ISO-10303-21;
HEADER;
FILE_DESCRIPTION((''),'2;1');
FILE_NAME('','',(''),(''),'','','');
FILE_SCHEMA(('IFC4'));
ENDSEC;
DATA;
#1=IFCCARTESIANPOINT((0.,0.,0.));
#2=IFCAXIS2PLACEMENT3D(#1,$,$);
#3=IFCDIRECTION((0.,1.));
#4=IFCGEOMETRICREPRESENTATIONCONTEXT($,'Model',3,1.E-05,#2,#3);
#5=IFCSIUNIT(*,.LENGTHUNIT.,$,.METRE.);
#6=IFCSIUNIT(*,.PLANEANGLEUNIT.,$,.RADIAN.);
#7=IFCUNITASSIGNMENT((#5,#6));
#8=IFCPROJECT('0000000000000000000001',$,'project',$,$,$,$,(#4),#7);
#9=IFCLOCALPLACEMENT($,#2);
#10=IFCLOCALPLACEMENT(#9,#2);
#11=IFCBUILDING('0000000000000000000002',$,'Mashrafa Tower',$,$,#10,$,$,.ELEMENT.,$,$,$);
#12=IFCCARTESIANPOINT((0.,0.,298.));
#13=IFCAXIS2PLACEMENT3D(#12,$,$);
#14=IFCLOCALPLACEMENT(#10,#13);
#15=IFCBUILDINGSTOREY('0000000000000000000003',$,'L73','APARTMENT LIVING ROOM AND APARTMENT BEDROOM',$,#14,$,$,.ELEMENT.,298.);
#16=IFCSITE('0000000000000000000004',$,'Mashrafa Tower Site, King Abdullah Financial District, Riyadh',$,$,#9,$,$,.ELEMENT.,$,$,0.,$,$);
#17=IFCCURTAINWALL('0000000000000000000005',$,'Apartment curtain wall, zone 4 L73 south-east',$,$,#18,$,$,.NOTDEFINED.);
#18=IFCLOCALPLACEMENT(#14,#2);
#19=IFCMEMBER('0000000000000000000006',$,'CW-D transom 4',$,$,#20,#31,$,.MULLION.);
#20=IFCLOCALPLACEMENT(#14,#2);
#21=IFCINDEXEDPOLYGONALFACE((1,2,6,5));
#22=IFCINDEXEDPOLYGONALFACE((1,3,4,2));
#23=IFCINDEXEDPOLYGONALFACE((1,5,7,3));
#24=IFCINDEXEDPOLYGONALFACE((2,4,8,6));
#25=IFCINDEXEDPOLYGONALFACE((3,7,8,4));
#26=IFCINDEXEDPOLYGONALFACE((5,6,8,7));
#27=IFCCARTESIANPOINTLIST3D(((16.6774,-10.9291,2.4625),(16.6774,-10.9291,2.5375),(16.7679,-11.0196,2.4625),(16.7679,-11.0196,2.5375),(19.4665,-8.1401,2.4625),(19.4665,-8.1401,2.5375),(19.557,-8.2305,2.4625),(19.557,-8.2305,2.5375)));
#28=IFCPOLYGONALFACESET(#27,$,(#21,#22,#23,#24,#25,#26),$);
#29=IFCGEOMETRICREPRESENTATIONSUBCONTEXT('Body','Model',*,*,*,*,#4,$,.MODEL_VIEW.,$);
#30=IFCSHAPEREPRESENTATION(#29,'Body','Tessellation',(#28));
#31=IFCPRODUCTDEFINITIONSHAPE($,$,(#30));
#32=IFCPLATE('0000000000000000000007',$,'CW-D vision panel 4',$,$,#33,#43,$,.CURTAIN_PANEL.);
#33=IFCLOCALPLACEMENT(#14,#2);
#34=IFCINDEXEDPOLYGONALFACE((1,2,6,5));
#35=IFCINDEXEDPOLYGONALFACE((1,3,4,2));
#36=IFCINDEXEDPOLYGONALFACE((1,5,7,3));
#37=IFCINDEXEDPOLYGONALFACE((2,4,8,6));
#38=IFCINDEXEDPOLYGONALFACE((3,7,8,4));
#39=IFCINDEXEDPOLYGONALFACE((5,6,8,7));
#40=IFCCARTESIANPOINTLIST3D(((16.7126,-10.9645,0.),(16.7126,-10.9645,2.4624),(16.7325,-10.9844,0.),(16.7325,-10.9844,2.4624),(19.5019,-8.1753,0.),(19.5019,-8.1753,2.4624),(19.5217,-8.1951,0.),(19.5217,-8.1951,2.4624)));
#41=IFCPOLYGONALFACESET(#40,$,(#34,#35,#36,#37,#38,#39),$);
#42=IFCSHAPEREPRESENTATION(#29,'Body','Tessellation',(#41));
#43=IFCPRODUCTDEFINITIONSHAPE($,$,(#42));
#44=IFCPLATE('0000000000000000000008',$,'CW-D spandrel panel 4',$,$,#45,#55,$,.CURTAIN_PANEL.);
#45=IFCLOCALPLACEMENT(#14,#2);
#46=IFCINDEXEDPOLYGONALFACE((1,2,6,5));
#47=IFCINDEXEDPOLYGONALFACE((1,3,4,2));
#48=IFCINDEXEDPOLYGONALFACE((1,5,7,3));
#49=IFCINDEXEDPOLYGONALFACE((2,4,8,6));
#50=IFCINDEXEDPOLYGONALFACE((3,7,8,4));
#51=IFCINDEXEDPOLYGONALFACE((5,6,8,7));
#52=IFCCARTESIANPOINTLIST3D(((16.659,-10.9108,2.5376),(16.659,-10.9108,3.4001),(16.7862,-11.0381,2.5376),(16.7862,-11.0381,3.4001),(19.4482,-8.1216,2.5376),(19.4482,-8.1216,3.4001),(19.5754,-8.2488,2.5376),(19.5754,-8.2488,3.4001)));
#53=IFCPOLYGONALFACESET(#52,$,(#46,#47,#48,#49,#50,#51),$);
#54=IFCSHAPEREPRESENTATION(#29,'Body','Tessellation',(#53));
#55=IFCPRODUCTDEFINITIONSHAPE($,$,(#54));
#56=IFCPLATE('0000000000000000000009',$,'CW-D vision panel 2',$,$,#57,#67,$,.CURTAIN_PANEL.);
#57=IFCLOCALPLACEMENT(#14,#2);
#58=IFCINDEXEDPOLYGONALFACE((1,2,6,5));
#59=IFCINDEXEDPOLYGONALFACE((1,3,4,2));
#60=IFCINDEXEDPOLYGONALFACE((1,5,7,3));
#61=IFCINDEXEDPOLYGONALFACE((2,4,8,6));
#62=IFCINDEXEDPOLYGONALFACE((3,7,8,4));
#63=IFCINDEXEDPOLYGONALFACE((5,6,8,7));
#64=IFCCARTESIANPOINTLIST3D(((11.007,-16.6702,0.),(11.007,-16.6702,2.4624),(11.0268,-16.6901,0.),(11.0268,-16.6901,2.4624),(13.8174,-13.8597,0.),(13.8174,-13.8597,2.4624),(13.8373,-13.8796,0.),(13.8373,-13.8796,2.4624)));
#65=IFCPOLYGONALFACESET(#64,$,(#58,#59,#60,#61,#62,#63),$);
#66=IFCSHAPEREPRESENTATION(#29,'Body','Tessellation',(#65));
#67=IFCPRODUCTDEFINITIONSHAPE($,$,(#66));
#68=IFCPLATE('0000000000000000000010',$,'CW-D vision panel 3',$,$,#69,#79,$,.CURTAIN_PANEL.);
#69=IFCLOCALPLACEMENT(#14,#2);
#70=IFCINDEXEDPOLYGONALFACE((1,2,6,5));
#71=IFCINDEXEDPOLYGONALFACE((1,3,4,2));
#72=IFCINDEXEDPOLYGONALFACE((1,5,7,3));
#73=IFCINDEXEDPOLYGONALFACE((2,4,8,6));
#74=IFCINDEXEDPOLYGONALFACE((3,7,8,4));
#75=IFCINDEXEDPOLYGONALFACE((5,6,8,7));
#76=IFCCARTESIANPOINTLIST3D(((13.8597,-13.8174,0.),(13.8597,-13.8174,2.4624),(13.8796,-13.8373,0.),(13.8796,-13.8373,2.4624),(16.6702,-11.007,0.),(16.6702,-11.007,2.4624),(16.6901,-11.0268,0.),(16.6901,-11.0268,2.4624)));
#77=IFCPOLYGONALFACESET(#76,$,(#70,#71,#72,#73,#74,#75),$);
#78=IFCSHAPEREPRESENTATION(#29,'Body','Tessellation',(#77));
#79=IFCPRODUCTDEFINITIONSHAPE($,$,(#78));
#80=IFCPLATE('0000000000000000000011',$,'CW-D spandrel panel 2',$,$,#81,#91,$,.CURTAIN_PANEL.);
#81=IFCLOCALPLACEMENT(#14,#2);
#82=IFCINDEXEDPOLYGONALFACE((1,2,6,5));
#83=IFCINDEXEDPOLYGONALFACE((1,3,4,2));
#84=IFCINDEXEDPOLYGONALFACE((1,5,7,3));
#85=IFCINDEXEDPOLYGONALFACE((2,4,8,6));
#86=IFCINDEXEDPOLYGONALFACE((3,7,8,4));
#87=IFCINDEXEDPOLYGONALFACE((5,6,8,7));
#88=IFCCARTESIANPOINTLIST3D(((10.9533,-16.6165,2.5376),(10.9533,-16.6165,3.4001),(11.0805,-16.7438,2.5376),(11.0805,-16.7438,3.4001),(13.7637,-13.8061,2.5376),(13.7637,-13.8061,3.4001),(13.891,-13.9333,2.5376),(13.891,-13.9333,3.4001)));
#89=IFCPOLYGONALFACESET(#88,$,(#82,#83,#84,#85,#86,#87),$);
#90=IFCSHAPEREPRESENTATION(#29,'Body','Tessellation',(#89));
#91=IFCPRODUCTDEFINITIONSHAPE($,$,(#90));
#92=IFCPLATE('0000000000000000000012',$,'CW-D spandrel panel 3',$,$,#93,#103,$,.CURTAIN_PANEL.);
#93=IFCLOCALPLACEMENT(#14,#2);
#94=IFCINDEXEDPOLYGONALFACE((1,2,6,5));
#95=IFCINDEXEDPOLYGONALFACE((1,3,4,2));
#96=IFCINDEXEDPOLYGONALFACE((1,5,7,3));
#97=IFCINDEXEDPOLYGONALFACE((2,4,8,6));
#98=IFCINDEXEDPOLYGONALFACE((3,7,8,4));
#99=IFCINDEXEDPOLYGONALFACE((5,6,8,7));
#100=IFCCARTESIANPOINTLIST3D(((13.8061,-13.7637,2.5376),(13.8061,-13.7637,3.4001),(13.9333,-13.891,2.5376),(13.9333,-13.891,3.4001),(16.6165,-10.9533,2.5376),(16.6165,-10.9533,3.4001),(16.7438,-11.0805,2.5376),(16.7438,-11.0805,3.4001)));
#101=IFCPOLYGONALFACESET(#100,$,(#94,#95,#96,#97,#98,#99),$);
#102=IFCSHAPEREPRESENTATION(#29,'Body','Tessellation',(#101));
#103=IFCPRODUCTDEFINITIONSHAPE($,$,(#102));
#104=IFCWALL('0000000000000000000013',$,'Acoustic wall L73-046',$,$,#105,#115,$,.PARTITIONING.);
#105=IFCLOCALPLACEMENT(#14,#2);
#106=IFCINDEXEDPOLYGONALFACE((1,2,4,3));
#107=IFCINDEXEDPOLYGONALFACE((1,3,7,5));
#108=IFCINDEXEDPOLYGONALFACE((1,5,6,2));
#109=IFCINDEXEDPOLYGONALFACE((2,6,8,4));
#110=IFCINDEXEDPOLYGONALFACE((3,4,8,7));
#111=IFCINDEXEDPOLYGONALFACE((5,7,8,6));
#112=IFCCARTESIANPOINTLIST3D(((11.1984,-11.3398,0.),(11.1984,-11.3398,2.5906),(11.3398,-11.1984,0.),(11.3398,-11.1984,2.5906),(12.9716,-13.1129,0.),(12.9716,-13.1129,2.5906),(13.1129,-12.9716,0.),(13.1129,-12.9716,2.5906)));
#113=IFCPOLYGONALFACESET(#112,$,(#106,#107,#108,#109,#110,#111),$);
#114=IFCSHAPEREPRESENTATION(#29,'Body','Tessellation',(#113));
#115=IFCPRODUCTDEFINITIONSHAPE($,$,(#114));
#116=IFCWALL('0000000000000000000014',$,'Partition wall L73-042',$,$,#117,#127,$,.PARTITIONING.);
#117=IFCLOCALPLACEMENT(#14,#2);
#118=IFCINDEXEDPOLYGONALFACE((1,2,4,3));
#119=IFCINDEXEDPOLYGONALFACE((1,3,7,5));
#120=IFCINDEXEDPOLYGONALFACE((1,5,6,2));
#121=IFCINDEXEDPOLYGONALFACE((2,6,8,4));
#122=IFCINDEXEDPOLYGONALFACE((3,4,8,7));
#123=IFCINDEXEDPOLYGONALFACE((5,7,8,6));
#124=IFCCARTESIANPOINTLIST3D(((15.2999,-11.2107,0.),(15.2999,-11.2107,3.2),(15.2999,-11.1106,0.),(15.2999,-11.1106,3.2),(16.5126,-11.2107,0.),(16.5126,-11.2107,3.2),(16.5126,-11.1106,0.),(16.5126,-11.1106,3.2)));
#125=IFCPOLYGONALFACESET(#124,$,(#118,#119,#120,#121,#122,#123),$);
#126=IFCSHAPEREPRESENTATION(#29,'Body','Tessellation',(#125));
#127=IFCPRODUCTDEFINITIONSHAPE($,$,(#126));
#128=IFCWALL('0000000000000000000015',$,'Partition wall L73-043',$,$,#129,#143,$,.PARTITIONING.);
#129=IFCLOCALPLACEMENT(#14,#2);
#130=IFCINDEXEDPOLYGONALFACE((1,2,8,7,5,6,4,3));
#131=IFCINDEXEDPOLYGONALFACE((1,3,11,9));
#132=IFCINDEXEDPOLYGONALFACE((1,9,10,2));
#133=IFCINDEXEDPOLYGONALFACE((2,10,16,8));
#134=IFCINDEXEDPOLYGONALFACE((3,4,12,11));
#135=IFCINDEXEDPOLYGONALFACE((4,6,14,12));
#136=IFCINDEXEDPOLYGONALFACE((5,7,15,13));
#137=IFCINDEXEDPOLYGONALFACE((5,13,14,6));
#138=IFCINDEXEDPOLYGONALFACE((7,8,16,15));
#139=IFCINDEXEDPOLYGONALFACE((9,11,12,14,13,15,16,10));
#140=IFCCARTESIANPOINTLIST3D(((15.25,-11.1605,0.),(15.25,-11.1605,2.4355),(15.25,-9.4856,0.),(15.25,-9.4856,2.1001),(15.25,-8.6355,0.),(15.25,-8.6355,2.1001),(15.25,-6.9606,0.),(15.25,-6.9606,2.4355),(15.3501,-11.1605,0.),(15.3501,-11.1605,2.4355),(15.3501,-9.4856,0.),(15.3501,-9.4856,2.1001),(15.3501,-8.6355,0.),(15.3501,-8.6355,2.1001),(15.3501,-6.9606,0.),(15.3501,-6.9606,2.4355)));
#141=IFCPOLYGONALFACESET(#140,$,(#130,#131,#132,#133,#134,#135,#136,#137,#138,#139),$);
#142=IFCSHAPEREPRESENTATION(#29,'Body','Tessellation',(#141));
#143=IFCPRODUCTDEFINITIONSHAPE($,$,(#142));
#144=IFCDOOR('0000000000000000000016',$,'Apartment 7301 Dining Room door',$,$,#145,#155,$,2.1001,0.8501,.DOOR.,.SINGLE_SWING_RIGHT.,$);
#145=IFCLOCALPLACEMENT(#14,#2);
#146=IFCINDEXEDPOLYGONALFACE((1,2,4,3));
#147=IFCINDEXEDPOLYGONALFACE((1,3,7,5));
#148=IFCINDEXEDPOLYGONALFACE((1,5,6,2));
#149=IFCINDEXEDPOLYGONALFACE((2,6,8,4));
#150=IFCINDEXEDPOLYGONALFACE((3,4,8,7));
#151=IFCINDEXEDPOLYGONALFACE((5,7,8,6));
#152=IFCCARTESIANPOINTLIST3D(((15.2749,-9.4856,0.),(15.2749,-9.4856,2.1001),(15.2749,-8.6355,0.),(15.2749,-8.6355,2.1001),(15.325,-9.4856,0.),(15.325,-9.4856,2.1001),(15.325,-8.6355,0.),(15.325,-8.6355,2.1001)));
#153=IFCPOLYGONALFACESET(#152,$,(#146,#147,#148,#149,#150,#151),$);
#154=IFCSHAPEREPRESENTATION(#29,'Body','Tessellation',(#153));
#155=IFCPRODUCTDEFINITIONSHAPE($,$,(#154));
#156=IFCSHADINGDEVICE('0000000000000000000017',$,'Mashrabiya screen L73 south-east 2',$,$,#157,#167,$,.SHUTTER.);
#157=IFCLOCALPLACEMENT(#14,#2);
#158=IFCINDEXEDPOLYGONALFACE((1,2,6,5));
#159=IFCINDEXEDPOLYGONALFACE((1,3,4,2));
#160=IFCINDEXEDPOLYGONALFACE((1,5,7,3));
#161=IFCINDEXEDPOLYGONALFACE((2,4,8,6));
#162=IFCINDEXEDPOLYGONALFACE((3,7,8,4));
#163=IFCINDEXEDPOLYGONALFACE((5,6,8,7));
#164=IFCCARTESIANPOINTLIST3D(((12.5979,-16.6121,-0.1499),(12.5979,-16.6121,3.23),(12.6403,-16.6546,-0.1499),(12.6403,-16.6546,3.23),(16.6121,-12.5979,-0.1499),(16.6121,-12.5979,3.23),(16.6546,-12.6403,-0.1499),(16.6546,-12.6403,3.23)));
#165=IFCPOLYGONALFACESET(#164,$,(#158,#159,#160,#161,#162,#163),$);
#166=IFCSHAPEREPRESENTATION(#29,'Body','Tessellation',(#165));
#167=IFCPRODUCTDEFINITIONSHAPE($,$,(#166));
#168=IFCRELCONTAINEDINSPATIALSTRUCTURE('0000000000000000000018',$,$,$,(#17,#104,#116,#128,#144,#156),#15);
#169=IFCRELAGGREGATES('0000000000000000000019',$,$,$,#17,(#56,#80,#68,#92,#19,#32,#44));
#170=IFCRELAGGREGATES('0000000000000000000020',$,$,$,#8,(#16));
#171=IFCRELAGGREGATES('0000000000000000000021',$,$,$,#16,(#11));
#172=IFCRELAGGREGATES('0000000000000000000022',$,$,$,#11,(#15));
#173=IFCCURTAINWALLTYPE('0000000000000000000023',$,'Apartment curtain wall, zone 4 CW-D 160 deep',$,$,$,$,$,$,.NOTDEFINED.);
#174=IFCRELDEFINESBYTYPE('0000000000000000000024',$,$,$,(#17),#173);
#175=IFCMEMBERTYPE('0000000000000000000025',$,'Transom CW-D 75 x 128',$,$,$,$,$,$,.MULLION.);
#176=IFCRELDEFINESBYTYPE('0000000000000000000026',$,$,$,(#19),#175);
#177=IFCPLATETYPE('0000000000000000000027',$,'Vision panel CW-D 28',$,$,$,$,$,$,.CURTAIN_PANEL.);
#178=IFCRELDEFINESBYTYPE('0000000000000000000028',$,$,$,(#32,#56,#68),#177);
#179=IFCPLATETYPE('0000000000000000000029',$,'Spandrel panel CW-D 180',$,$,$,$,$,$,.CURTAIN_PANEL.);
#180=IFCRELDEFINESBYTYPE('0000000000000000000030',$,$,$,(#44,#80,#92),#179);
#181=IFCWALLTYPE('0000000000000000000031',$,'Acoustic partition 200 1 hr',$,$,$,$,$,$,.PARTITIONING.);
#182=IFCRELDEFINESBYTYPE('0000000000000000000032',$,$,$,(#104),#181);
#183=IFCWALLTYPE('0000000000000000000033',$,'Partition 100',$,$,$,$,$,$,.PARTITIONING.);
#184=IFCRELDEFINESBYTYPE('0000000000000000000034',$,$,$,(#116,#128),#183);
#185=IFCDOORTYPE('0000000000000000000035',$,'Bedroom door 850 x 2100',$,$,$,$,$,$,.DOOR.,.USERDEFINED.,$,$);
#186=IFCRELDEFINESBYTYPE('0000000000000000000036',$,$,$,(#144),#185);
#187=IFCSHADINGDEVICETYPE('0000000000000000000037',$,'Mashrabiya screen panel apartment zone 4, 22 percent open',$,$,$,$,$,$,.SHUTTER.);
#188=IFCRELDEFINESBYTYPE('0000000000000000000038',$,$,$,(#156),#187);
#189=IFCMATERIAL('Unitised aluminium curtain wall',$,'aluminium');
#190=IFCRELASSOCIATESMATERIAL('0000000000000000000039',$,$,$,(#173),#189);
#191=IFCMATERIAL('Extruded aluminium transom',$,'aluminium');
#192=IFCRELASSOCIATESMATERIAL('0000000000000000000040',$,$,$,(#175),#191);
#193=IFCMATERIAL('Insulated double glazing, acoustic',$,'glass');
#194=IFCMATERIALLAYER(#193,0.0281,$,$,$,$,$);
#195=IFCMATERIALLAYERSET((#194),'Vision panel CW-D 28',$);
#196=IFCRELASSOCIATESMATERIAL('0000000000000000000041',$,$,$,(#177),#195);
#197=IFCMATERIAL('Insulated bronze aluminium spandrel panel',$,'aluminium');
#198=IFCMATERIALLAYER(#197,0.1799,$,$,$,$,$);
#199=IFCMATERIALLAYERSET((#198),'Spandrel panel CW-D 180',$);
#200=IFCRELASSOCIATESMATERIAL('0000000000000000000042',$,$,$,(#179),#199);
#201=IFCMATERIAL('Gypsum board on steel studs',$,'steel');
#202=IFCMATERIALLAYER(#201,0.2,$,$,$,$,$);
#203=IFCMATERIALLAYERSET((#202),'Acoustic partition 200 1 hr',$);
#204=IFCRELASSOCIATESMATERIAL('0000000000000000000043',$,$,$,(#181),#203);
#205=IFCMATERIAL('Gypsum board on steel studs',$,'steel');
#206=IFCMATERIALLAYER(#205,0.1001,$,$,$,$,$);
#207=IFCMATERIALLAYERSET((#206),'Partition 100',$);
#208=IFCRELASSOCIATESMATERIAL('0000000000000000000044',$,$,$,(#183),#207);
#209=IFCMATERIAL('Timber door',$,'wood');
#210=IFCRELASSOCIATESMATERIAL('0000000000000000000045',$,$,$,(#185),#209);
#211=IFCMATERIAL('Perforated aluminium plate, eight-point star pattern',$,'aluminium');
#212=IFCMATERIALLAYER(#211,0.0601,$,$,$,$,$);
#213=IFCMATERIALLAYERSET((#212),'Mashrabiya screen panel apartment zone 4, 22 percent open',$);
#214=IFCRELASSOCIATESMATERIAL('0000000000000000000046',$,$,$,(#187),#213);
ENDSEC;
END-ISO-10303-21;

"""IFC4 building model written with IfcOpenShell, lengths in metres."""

from ifc_helpers import new_model, si_unit, direction, frame, frame_2d, origin, origin_2d, place, context, subcontext, project, spatial, rectangle, extrude, source, transform, mapped, material, layer, layer_set, material_profile, profile_set, type_object, type_shapes, element, fill, aggregate, save


model = new_model("IFC4")

# Units and contexts
model_context = context("Model", 3, precision=1e-05, world=origin(), true_north=direction((0.0, 1.0)))
body_context = subcontext(model_context, "Body", "Model", "MODEL_VIEW")
ifc_project = project(units=[si_unit("LENGTHUNIT", "METRE"), si_unit("PLANEANGLEUNIT", "RADIAN")], contexts=[model_context])

# Site, building, storey
site_placement = place(None, origin())
site = spatial("IfcSite", under=ifc_project, at=site_placement, Name="Mashrafa Tower Site, King Abdullah Financial District, Riyadh", CompositionType="ELEMENT", RefElevation=0.0)
building_placement = place(site_placement, origin())
building = spatial("IfcBuilding", under=site, at=building_placement, Name="Mashrafa Tower", CompositionType="ELEMENT")
storey_placement = place(building_placement, frame((0.0, 0.0, 298.0)))
storey = spatial("IfcBuildingStorey", under=building, at=storey_placement, Name="L73", Description="APARTMENT LIVING ROOM AND APARTMENT BEDROOM", CompositionType="ELEMENT", Elevation=298.0)

# Shared definitions
ifc_material_1 = material(Name="Unitised aluminium curtain wall", Category="aluminium")
curtain_wall_type = type_object("IfcCurtainWallType", Name="Apartment curtain wall, zone 4 CW-D 160 deep", PredefinedType="NOTDEFINED", material=ifc_material_1)

# Curtain wall, member, plates
curtain_wall_1_placement = place(storey_placement, origin())
curtain_wall_1 = element("IfcCurtainWall", 1, at=curtain_wall_1_placement, inside=storey, type_object=curtain_wall_type, Name="Apartment curtain wall, zone 4 L73 south-east", PredefinedType="NOTDEFINED")
ifc_material_2 = material(Name="Extruded aluminium transom", Category="aluminium")
ifc_material_profile_1 = material_profile(ifc_material_2, rectangle(XDim=0.1279, YDim=0.075, at=origin_2d()), Name="Transom 75x128")
ifc_profile_set_1 = profile_set([ifc_material_profile_1], Name="Extruded aluminium transom")
member_type_1 = type_object("IfcMemberType", Name="Transom CW-D 75 x 128", PredefinedType="MULLION", material=ifc_profile_set_1)
shared_shape_1 = source(origin(), body_context, "Body", "SweptSolid", [
    extrude(rectangle(XDim=0.1279, YDim=0.075, at=origin_2d()), origin(), (0.0, 0.0, 1.0), 3.9443),
])
member_1_placement = place(storey_placement, frame((16.7227, -10.9744, 2.5), z_axis=(0.707107, 0.707107, 0.0), x_axis=(-0.707107, 0.707107, 0.0)))
member_1 = element("IfcMember", 2, at=member_1_placement, type_object=member_type_1, Name="CW-D transom 4", PredefinedType="MULLION", context=body_context, shape_type="MappedRepresentation", body=[
    mapped(shared_shape_1, transform((0.0, 0.0, 0.0))),
])
ifc_material_3 = material(Name="Insulated double glazing, acoustic", Category="glass")
ifc_layer_1 = layer(ifc_material_3, 0.0281)
ifc_layer_set_1 = layer_set([ifc_layer_1], Name="Vision panel CW-D 28")
plate_type_1 = type_object("IfcPlateType", Name="Vision panel CW-D 28", PredefinedType="CURTAIN_PANEL", material=ifc_layer_set_1)
shared_shape_2 = source(origin(), body_context, "Body", "SweptSolid", [
    extrude(rectangle(XDim=3.9446, YDim=0.0281, at=origin_2d()), origin(), (0.0, 0.0, 1.0), 2.4624),
])
plate_1_placement = place(storey_placement, frame((18.1172, -9.5798, 0.0), z_axis=(0.0, 0.0, 1.0), x_axis=(0.707107, 0.707107, 0.0)))
plate_1 = element("IfcPlate", 3, at=plate_1_placement, type_object=plate_type_1, Name="CW-D vision panel 4", PredefinedType="CURTAIN_PANEL", context=body_context, shape_type="MappedRepresentation", body=[
    mapped(shared_shape_2, transform((0.0, 0.0, 0.0))),
])
ifc_material_4 = material(Name="Insulated bronze aluminium spandrel panel", Category="aluminium")
ifc_layer_2 = layer(ifc_material_4, 0.1799)
ifc_layer_set_2 = layer_set([ifc_layer_2], Name="Spandrel panel CW-D 180")
plate_type_2 = type_object("IfcPlateType", Name="Spandrel panel CW-D 180", PredefinedType="CURTAIN_PANEL", material=ifc_layer_set_2)
shared_shape_3 = source(origin(), body_context, "Body", "SweptSolid", [
    extrude(rectangle(XDim=3.9446, YDim=0.1799, at=origin_2d()), origin(), (0.0, 0.0, 1.0), 0.8625),
])
plate_2_placement = place(storey_placement, frame((18.1172, -9.5798, 2.5376), z_axis=(0.0, 0.0, 1.0), x_axis=(0.707107, 0.707107, 0.0)))
plate_2 = element("IfcPlate", 4, at=plate_2_placement, type_object=plate_type_2, Name="CW-D spandrel panel 4", PredefinedType="CURTAIN_PANEL", context=body_context, shape_type="MappedRepresentation", body=[
    mapped(shared_shape_3, transform((0.0, 0.0, 0.0))),
])
shared_shape_4 = source(origin(), body_context, "Body", "SweptSolid", [
    extrude(rectangle(XDim=3.9746, YDim=0.0281, at=origin_2d()), origin(), (0.0, 0.0, 1.0), 2.4624),
])
type_shapes(plate_type_1, [shared_shape_2, shared_shape_4])
plate_3_placement = place(storey_placement, frame((12.4221, -15.2749, 0.0), z_axis=(0.0, 0.0, 1.0), x_axis=(0.707107, 0.707107, 0.0)))
plate_3 = element("IfcPlate", 5, at=plate_3_placement, type_object=plate_type_1, Name="CW-D vision panel 2", PredefinedType="CURTAIN_PANEL", context=body_context, shape_type="MappedRepresentation", body=[
    mapped(shared_shape_4, transform((0.0, 0.0, 0.0))),
])
plate_4_placement = place(storey_placement, frame((15.2749, -12.4221, 0.0), z_axis=(0.0, 0.0, 1.0), x_axis=(0.707107, 0.707107, 0.0)))
plate_4 = element("IfcPlate", 6, at=plate_4_placement, type_object=plate_type_1, Name="CW-D vision panel 3", PredefinedType="CURTAIN_PANEL", context=body_context, shape_type="MappedRepresentation", body=[
    mapped(shared_shape_4, transform((0.0, 0.0, 0.0))),
])
shared_shape_5 = source(origin(), body_context, "Body", "SweptSolid", [
    extrude(rectangle(XDim=3.9746, YDim=0.1799, at=origin_2d()), origin(), (0.0, 0.0, 1.0), 0.8625),
])
type_shapes(plate_type_2, [shared_shape_3, shared_shape_5])
plate_5_placement = place(storey_placement, frame((12.4221, -15.2749, 2.5376), z_axis=(0.0, 0.0, 1.0), x_axis=(0.707107, 0.707107, 0.0)))
plate_5 = element("IfcPlate", 7, at=plate_5_placement, type_object=plate_type_2, Name="CW-D spandrel panel 2", PredefinedType="CURTAIN_PANEL", context=body_context, shape_type="MappedRepresentation", body=[
    mapped(shared_shape_5, transform((0.0, 0.0, 0.0))),
])
plate_6_placement = place(storey_placement, frame((15.2749, -12.4221, 2.5376), z_axis=(0.0, 0.0, 1.0), x_axis=(0.707107, 0.707107, 0.0)))
plate_6 = element("IfcPlate", 8, at=plate_6_placement, type_object=plate_type_2, Name="CW-D spandrel panel 3", PredefinedType="CURTAIN_PANEL", context=body_context, shape_type="MappedRepresentation", body=[
    mapped(shared_shape_5, transform((0.0, 0.0, 0.0))),
])
aggregate(curtain_wall_1, [plate_3, plate_5, plate_4, plate_6, member_1, plate_1, plate_2])

# Walls
ifc_material_5 = material(Name="Gypsum board on steel studs", Category="steel")
ifc_layer_3 = layer(ifc_material_5, 0.2)
ifc_layer_set_3 = layer_set([ifc_layer_3], Name="Acoustic partition 200 1 hr")
wall_type_1 = type_object("IfcWallType", Name="Acoustic partition 200 1 hr", PredefinedType="PARTITIONING", material=ifc_layer_set_3)
wall_1_placement = place(storey_placement, frame((11.269, -11.269, 0.0), z_axis=(0.0, 0.0, 1.0), x_axis=(0.707107, -0.707107, 0.0)))
element("IfcWall", 9, at=wall_1_placement, inside=storey, type_object=wall_type_1, Name="Acoustic wall L73-046", PredefinedType="PARTITIONING", context=body_context, shape_type="SweptSolid", body=[
    extrude(rectangle(XDim=2.5076, YDim=0.2, at=frame_2d((1.2539, 0.0))), origin(), (0.0, 0.0, 1.0), 2.5906),
])
ifc_material_6 = material(Name="Gypsum board on steel studs", Category="steel")
ifc_layer_4 = layer(ifc_material_6, 0.1001)
ifc_layer_set_4 = layer_set([ifc_layer_4], Name="Partition 100")
wall_type_2 = type_object("IfcWallType", Name="Partition 100", PredefinedType="PARTITIONING", material=ifc_layer_set_4)
wall_2_placement = place(storey_placement, frame((16.5127, -11.1606, 0.0), z_axis=(0.0, 0.0, 1.0), x_axis=(-1.0, 0.0, 0.0)))
element("IfcWall", 10, at=wall_2_placement, inside=storey, type_object=wall_type_2, Name="Partition wall L73-042", PredefinedType="PARTITIONING", context=body_context, shape_type="SweptSolid", body=[
    extrude(rectangle(XDim=1.2126, YDim=0.1001, at=frame_2d((0.6064, 0.0))), origin(), (0.0, 0.0, 1.0), 3.2),
])

# Wall, opening, door
wall_3_placement = place(storey_placement, frame((15.3, -11.1606, 0.0), z_axis=(0.0, 0.0, 1.0), x_axis=(0.0, 1.0, 0.0)))
wall_3 = element("IfcWall", 11, at=wall_3_placement, inside=storey, type_object=wall_type_2, Name="Partition wall L73-043", PredefinedType="PARTITIONING", context=body_context, shape_type="SweptSolid", body=[
    extrude(rectangle(XDim=4.2, YDim=0.1001, at=frame_2d((2.1001, 0.0))), origin(), (0.0, 0.0, 1.0), 2.4355),
])
opening_placement = place(wall_3_placement, frame((1.675, 0.0, 0.0)))
opening = element("IfcOpeningElement", 12, at=opening_placement, cuts=wall_3, PredefinedType="OPENING", context=body_context, shape_type="SweptSolid", body=[
    extrude(rectangle(XDim=0.8501, YDim=2.1001, at=frame_2d((0.425, 1.05))), frame((0.0, 0.0601, 0.0), z_axis=(0.0, -1.0, 0.0), x_axis=(1.0, 0.0, 0.0)), (0.0, 0.0, 1.0), 0.1201),
])
ifc_material_7 = material(Name="Timber door", Category="wood")
door_type = type_object("IfcDoorType", Name="Bedroom door 850 x 2100", OperationType="USERDEFINED", PredefinedType="DOOR", material=ifc_material_7)
door_placement = place(opening_placement, frame((0.8501, 0.0, 0.0), z_axis=(0.0, 0.0, 1.0), x_axis=(-1.0, 0.0, 0.0)))
door = element("IfcDoor", 13, at=door_placement, inside=storey, type_object=door_type, Name="Apartment 7301 Dining Room door", OperationType="SINGLE_SWING_RIGHT", OverallHeight=2.1001, OverallWidth=0.8501, PredefinedType="DOOR", context=body_context, shape_type="SweptSolid", body=[
    extrude(rectangle(XDim=0.8501, YDim=2.1001, at=frame_2d((0.425, 1.05))), frame((0.0, 0.0249, 0.0), z_axis=(0.0, -1.0, 0.0), x_axis=(1.0, 0.0, 0.0)), (0.0, 0.0, 1.0), 0.05),
])
fill(opening, door)

# Shading device
ifc_material_8 = material(Name="Perforated aluminium plate, eight-point star pattern", Category="aluminium")
ifc_layer_5 = layer(ifc_material_8, 0.0601)
ifc_layer_set_5 = layer_set([ifc_layer_5], Name="Mashrabiya screen panel apartment zone 4, 22 percent open")
shading_device_type = type_object("IfcShadingDeviceType", Name="Mashrabiya screen panel apartment zone 4, 22 percent open", PredefinedType="SHUTTER", material=ifc_layer_set_5)
shared_shape_6 = source(origin(), body_context, "Body", "SweptSolid", [
    extrude(rectangle(XDim=5.677, YDim=0.0601, at=origin_2d()), origin(), (0.0, 0.0, 1.0), 3.3799),
])
type_shapes(shading_device_type, [shared_shape_6])
for number, where, z_axis, x_axis, name in (
    (14, (14.6262, -14.6262, -0.1499), (0.0, 0.0, 1.0), (0.707107, 0.707107, 0.0), "Mashrabiya screen L73 south-east 2"),
):
    element("IfcShadingDevice", number, at=place(storey_placement, frame(where, z_axis=z_axis, x_axis=x_axis)), inside=storey, type_object=shading_device_type, Name=name, PredefinedType="SHUTTER", context=body_context, shape_type="MappedRepresentation", body=[
        mapped(shared_shape_6, transform((0.0, 0.0, 0.0))),
    ])

save(model, "model.ifc")
